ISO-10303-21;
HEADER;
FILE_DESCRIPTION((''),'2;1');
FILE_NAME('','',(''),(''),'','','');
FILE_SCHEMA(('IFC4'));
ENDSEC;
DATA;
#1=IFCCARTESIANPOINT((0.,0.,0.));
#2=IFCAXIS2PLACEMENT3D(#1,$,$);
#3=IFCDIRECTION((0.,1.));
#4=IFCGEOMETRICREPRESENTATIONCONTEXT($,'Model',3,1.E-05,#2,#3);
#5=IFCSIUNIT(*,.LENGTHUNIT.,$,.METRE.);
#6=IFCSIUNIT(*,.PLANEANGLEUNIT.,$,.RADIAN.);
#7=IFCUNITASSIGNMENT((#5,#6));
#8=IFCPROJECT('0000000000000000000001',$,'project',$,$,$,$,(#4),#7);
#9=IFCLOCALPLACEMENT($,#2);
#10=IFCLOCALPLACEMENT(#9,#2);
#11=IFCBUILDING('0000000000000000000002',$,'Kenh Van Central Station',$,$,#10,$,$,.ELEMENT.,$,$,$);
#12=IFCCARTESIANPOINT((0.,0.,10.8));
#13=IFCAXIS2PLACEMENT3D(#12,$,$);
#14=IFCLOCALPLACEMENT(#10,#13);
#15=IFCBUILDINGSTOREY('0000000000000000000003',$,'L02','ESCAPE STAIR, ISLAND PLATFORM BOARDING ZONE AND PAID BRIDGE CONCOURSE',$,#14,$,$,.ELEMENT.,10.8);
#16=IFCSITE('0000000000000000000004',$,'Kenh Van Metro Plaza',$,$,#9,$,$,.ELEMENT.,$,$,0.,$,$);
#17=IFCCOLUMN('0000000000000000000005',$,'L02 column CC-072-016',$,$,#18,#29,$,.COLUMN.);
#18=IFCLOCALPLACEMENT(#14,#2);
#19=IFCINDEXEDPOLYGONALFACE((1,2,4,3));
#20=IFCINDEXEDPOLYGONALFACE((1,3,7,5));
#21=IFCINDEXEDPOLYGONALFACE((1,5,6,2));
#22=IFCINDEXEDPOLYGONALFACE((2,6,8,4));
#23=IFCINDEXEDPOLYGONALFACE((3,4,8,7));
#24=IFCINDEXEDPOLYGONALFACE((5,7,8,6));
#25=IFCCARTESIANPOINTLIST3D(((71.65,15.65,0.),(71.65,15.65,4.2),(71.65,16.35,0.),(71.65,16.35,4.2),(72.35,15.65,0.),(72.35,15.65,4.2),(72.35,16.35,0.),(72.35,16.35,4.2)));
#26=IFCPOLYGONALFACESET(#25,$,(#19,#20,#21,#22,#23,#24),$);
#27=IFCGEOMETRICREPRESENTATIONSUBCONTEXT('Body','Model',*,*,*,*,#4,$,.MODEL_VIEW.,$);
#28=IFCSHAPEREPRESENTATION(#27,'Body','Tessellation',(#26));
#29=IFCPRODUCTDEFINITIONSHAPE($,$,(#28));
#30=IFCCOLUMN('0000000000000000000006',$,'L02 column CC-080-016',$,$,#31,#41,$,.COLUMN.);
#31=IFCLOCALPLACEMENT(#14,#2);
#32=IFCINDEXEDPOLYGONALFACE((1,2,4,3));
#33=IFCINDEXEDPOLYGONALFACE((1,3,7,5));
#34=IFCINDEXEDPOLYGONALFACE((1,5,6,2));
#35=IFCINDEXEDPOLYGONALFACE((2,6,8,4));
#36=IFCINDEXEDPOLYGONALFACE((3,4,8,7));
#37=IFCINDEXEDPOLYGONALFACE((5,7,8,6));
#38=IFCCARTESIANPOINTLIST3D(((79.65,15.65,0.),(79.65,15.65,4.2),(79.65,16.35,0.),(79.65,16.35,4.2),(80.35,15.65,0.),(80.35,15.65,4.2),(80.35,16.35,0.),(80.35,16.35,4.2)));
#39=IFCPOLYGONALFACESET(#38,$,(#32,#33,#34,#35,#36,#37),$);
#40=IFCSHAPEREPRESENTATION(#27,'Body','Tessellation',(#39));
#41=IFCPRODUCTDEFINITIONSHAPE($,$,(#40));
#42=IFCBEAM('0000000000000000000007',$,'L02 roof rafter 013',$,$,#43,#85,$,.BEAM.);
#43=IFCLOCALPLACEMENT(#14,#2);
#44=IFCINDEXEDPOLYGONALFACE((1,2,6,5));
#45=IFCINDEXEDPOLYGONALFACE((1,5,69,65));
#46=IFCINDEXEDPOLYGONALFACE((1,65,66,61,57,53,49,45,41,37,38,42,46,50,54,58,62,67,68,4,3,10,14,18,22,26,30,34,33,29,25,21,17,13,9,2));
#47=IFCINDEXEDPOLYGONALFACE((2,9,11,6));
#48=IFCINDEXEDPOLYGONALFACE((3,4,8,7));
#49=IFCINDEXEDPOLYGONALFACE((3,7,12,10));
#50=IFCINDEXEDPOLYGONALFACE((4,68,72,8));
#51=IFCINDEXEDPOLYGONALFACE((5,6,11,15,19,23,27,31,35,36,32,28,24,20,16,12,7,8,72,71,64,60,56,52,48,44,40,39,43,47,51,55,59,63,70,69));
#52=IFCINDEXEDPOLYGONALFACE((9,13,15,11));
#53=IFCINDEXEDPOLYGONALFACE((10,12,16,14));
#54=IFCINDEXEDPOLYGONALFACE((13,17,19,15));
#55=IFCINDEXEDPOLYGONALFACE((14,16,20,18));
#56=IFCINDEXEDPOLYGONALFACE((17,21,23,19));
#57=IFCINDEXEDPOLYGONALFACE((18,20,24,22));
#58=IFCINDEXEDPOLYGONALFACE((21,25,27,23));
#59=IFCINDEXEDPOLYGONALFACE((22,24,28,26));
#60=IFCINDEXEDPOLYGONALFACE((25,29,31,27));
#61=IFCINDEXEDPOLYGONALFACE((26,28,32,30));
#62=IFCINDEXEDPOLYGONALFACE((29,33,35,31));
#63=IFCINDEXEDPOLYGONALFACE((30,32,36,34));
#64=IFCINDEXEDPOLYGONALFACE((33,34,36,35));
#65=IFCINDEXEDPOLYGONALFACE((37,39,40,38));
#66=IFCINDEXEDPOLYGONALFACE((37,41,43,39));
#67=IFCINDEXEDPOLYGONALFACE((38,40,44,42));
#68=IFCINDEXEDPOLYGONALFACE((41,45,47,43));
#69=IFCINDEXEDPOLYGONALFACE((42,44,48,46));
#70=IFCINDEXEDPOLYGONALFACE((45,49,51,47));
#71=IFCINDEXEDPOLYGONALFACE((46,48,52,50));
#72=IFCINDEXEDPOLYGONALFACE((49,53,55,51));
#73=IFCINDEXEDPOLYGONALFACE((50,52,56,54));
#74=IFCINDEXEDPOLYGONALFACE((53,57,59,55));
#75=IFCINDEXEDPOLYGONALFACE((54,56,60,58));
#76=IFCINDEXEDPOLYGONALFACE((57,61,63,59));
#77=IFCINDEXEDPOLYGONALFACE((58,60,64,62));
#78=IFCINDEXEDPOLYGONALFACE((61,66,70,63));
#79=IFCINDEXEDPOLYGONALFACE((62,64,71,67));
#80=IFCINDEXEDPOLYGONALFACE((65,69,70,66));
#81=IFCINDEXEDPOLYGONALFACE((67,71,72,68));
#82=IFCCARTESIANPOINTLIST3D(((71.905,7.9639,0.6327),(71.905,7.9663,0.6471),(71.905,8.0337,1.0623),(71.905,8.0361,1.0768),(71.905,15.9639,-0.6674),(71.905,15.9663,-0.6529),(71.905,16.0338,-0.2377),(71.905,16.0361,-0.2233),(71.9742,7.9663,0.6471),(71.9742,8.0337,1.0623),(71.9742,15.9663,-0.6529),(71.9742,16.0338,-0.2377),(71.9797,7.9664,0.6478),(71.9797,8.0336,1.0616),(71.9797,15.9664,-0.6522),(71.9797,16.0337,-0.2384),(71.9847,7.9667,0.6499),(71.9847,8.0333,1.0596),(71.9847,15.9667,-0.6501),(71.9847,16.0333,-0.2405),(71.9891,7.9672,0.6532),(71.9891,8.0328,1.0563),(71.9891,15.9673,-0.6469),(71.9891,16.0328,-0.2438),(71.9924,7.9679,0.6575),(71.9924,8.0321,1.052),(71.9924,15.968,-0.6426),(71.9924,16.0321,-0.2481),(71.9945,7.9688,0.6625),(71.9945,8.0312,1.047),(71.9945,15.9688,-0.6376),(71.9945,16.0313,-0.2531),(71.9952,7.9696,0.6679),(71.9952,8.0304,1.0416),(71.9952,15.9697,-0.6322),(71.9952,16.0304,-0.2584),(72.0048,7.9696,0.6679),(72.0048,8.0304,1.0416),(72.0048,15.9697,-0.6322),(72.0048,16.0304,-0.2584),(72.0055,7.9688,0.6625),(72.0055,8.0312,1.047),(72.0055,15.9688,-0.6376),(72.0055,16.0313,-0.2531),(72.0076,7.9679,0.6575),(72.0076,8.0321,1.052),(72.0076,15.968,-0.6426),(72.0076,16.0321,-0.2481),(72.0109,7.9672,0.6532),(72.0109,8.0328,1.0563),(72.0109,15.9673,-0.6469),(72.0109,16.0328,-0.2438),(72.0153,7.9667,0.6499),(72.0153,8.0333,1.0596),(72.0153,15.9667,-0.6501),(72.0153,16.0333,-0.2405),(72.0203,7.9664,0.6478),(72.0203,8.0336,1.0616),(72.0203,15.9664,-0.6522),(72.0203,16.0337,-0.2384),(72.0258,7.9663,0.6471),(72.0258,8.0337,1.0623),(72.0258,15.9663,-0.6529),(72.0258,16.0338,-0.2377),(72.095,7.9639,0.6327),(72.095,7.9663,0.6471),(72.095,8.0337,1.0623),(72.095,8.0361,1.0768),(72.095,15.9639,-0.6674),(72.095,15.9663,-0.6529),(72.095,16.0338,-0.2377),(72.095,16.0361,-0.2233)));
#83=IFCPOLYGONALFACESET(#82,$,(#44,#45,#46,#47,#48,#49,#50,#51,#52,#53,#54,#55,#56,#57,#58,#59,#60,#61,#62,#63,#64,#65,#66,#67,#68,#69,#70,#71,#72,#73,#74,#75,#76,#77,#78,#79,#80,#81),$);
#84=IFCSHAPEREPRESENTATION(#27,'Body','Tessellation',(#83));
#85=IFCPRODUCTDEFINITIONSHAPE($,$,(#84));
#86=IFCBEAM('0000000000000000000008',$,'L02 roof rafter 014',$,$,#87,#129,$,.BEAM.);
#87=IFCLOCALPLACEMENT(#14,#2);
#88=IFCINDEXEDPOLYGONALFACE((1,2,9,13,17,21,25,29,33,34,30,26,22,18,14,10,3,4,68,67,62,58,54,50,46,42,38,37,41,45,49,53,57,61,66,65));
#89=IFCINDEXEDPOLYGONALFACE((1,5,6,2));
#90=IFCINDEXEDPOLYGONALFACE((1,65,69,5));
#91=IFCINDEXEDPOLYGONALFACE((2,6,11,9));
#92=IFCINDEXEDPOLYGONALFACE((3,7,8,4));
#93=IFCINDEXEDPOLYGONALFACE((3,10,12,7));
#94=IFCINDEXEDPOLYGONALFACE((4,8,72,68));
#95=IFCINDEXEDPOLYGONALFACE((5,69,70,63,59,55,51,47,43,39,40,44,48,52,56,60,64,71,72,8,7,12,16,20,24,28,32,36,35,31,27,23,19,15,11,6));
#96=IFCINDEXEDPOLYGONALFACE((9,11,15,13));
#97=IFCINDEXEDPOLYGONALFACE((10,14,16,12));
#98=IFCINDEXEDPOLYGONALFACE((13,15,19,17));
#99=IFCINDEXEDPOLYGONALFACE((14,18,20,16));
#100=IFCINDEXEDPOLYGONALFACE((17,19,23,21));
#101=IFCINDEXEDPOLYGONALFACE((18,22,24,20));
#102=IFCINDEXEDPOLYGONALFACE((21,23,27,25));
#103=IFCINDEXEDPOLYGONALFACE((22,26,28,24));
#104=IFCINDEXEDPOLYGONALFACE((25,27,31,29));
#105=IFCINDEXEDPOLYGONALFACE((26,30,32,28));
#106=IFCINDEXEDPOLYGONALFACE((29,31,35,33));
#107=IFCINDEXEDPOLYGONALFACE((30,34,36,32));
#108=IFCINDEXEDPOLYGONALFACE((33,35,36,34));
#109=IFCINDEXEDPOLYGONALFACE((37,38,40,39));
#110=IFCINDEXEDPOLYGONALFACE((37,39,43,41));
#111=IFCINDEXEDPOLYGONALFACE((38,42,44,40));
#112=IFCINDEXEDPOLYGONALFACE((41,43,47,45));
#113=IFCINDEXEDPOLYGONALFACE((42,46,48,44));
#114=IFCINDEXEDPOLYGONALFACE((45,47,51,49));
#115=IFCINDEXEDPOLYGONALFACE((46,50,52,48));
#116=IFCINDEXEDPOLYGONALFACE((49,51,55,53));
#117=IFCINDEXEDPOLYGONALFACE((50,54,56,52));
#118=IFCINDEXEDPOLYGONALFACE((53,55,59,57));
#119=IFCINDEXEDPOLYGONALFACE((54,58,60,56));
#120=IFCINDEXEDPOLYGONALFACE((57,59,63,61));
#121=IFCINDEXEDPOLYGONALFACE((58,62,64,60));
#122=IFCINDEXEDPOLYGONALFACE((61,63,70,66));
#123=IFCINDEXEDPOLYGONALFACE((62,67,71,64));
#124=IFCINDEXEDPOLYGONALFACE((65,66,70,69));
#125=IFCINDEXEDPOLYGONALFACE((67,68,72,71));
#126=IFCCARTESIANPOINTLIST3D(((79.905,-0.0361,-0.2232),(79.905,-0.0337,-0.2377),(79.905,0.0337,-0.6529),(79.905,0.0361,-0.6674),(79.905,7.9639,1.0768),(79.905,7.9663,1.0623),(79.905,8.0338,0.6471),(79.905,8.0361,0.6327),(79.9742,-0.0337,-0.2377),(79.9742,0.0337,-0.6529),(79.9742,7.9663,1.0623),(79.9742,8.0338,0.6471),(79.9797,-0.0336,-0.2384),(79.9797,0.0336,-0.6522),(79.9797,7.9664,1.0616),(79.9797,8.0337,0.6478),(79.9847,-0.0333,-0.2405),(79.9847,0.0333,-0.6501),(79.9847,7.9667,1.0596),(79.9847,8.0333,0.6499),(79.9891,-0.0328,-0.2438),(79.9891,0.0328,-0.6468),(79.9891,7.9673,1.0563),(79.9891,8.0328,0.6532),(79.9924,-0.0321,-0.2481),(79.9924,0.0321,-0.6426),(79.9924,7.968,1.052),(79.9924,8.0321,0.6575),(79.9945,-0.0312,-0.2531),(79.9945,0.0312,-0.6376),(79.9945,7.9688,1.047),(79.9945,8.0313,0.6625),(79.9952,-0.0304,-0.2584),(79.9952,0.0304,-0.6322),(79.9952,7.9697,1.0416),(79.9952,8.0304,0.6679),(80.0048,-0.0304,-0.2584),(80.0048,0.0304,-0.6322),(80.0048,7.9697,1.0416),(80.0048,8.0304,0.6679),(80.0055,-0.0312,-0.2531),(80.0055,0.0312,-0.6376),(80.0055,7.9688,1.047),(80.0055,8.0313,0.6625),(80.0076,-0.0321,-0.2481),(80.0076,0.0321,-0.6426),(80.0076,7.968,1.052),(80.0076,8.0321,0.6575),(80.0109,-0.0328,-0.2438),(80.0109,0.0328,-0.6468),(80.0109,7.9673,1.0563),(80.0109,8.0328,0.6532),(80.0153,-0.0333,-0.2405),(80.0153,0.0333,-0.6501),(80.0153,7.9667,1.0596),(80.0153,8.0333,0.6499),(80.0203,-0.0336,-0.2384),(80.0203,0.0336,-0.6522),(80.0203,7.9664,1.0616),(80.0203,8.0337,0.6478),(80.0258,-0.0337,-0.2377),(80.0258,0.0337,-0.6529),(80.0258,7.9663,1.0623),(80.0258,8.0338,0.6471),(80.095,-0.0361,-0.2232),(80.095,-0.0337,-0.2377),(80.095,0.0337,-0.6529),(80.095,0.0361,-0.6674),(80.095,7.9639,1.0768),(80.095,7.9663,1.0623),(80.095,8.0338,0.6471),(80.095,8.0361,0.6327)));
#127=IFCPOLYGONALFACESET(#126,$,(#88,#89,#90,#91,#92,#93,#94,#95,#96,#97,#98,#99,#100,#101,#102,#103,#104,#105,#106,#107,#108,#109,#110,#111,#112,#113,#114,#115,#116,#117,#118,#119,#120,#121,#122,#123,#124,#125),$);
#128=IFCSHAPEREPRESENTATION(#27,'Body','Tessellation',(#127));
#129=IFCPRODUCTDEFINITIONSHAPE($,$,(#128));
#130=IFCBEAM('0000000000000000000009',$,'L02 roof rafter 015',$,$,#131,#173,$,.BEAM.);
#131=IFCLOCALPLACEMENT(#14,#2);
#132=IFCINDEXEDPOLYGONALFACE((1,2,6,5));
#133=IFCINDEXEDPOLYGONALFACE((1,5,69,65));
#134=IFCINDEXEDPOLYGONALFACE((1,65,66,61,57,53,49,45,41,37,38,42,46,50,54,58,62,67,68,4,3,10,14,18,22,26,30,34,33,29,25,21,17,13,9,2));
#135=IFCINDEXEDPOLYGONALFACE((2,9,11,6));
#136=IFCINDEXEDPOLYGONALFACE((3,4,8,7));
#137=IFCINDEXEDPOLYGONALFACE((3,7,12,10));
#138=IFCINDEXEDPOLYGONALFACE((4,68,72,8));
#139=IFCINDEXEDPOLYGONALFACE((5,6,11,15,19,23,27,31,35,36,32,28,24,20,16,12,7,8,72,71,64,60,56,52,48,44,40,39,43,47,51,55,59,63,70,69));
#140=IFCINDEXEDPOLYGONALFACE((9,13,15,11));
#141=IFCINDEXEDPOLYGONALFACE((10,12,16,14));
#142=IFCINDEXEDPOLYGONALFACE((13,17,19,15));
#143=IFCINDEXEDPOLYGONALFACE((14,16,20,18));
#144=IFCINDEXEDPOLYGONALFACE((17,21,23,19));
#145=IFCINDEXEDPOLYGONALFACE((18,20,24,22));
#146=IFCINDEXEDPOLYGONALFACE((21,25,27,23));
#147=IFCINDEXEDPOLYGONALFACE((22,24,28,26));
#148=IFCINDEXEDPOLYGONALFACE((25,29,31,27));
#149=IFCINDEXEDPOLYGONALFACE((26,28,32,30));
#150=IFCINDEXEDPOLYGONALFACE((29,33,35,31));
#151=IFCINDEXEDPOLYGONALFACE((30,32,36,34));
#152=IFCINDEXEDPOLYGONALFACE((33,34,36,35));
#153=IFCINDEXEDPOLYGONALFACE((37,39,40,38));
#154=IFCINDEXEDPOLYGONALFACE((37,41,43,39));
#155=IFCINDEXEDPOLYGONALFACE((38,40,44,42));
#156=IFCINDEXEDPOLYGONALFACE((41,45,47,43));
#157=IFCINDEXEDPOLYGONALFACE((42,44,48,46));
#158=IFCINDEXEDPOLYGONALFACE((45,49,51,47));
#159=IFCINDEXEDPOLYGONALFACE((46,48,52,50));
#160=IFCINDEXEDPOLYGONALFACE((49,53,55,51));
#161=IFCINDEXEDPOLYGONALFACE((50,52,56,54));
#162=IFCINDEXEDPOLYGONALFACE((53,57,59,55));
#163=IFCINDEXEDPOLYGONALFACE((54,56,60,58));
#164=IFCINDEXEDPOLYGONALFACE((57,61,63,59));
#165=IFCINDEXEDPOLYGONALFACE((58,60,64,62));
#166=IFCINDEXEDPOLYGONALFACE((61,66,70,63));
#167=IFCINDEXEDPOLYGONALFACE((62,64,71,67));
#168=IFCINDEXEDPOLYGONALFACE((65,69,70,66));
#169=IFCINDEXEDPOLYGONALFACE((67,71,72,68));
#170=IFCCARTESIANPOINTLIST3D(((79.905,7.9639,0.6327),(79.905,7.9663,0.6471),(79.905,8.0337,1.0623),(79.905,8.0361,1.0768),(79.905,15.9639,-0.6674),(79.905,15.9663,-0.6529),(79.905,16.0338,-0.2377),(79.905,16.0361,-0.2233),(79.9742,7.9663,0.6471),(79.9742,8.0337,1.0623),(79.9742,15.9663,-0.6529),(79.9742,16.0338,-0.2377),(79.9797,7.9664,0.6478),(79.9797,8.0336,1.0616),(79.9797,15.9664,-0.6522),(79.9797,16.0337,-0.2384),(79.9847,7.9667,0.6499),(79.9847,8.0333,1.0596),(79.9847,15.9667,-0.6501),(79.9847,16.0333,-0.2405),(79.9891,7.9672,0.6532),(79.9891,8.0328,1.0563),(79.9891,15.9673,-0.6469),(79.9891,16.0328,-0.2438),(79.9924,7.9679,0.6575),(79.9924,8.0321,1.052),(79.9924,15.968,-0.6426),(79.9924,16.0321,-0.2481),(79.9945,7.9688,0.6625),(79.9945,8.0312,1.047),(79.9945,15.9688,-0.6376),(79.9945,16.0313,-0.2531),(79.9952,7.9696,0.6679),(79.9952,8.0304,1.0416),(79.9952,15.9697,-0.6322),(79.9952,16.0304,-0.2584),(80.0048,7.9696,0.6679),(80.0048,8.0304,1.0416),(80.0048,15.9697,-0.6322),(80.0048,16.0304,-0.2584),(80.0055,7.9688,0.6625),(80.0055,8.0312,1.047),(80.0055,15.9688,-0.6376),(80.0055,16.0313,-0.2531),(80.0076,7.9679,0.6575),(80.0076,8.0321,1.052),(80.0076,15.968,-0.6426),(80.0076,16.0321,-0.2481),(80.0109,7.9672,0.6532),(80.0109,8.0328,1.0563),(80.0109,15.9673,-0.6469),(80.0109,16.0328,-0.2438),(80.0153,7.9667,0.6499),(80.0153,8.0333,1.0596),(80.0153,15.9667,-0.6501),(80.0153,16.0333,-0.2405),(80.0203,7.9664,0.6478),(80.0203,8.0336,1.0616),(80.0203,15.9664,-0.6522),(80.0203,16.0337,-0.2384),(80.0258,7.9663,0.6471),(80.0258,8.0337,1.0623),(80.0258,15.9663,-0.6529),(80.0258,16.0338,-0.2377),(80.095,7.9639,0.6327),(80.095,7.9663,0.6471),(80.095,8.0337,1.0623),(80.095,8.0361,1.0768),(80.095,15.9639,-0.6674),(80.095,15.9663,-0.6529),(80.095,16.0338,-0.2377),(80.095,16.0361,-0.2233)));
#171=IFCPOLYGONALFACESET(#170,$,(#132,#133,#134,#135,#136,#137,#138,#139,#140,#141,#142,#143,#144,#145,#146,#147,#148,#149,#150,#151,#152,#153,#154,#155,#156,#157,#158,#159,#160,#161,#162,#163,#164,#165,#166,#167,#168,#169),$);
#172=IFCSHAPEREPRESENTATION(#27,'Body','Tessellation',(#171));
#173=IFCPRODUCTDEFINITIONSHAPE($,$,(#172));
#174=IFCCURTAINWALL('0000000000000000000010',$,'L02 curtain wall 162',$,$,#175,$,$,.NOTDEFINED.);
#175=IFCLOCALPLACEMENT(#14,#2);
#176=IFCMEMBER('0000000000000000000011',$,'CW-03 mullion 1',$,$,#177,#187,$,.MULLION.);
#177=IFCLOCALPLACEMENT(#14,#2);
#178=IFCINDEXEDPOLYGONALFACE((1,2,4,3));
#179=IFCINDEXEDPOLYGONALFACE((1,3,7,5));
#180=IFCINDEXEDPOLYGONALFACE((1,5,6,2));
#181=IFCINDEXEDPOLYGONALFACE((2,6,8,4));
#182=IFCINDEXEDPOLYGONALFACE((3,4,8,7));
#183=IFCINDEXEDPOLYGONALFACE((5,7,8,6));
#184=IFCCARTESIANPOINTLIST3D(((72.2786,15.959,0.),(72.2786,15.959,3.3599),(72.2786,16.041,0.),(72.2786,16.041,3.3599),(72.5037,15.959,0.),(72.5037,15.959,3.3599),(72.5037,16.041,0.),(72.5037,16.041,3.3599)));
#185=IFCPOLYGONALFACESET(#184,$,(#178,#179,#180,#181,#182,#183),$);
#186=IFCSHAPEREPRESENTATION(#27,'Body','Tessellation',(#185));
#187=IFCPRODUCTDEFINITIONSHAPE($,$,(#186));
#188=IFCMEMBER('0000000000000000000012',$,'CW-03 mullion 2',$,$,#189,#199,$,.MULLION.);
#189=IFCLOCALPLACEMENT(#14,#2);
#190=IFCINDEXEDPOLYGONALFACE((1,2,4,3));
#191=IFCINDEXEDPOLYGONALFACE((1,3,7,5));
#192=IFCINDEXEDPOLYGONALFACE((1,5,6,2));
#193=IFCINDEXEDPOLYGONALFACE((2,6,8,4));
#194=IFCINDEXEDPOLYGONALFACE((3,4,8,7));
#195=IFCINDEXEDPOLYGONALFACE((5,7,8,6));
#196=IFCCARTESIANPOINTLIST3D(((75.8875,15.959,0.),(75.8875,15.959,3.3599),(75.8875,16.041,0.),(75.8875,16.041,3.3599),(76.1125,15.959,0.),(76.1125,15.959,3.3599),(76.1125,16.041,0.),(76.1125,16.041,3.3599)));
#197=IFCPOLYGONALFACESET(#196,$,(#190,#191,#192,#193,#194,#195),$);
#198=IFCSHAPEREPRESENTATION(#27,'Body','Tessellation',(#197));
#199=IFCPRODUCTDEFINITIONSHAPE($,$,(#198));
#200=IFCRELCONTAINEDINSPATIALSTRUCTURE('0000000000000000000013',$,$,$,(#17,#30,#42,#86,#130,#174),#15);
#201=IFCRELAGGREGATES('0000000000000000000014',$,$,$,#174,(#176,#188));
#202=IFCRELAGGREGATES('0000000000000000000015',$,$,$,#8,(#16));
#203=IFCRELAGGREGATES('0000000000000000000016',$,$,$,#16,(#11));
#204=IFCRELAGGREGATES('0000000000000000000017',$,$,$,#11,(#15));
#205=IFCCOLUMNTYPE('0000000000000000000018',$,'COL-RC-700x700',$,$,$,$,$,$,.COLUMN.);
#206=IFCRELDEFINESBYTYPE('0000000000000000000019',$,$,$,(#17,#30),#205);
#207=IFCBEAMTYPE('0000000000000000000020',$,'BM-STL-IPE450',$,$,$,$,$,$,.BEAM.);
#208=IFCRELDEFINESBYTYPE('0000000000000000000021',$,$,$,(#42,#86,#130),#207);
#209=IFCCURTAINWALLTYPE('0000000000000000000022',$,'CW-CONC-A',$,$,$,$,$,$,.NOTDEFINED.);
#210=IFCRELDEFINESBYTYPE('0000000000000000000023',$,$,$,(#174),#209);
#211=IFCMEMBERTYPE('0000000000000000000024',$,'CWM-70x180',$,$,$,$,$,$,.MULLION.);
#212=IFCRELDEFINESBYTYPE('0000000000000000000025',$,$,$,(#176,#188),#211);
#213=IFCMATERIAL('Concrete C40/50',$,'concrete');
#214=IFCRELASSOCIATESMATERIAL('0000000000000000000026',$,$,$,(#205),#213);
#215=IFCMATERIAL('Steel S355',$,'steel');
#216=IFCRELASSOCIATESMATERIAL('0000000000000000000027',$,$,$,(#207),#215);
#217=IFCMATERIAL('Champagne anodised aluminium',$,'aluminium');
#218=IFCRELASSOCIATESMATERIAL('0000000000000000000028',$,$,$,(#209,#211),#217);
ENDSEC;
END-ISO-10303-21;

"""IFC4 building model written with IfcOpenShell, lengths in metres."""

from ifc_helpers import new_model, si_unit, direction, frame, origin, origin_2d, place, context, subcontext, project, spatial, rectangle, i_section, extrude, material, material_profile, profile_set, type_object, element, aggregate, save


model = new_model("IFC4")

# Units and contexts
model_context = context("Model", 3, precision=1e-05, world=origin(), true_north=direction((0.0, 1.0)))
body_context = subcontext(model_context, "Body", "Model", "MODEL_VIEW")
ifc_project = project(units=[si_unit("LENGTHUNIT", "METRE"), si_unit("PLANEANGLEUNIT", "RADIAN")], contexts=[model_context])

# Site, building, storey
site_placement = place(None, origin())
site = spatial("IfcSite", under=ifc_project, at=site_placement, Name="Kenh Van Metro Plaza", CompositionType="ELEMENT", RefElevation=0.0)
building_placement = place(site_placement, origin())
building = spatial("IfcBuilding", under=site, at=building_placement, Name="Kenh Van Central Station", CompositionType="ELEMENT")
storey_placement = place(building_placement, frame((0.0, 0.0, 10.8)))
storey = spatial("IfcBuildingStorey", under=building, at=storey_placement, Name="L02", Description="ESCAPE STAIR, ISLAND PLATFORM BOARDING ZONE AND PAID BRIDGE CONCOURSE", CompositionType="ELEMENT", Elevation=10.8)

# Columns
ifc_material_1 = material(Name="Concrete C40/50", Category="concrete")
ifc_material_profile_1 = material_profile(ifc_material_1, rectangle(XDim=0.7, YDim=0.7, at=origin_2d()), Name="RC 700x700")
ifc_profile_set_1 = profile_set([ifc_material_profile_1], Name="Concrete C40/50")
column_type = type_object("IfcColumnType", Name="COL-RC-700x700", PredefinedType="COLUMN", material=ifc_profile_set_1)
for number, where, z_axis, x_axis, name in (
    (1, (72.0, 16.0, 0.0), (0.0, 0.0, 1.0), (1.0, 0.0, 0.0), "L02 column CC-072-016"),
    (2, (80.0, 16.0, 0.0), (0.0, 0.0, 1.0), (1.0, 0.0, 0.0), "L02 column CC-080-016"),
):
    element("IfcColumn", number, at=place(storey_placement, frame(where, z_axis=z_axis, x_axis=x_axis)), inside=storey, type_object=column_type, Name=name, PredefinedType="COLUMN", context=body_context, shape_type="SweptSolid", body=[
        extrude(rectangle(XDim=0.7, YDim=0.7, at=origin_2d()), origin(), (0.0, 0.0, 1.0), 4.2),
    ])

# Beams
ifc_material_2 = material(Name="Steel S355", Category="steel")
ifc_material_profile_2 = material_profile(ifc_material_2, i_section(OverallWidth=0.1899, OverallDepth=0.45, WebThickness=0.0095, FlangeThickness=0.0146, FilletRadius=0.021, at=origin_2d()), Name="IPE 450")
ifc_profile_set_2 = profile_set([ifc_material_profile_2], Name="Steel S355")
beam_type_1 = type_object("IfcBeamType", Name="BM-STL-IPE450", PredefinedType="BEAM", material=ifc_profile_set_2)
for number, where, z_axis, x_axis, name in (
    (3, (72.0, 8.0, 0.8547), (0.0, 0.987052, -0.160402), (-1.0, 0.0, 0.0), "L02 roof rafter 013"),
    (4, (80.0, 0.0, -0.4453), (0.0, 0.987052, 0.160402), (-1.0, 0.0, 0.0), "L02 roof rafter 014"),
    (5, (80.0, 8.0, 0.8547), (0.0, 0.987052, -0.160402), (-1.0, 0.0, 0.0), "L02 roof rafter 015"),
):
    element("IfcBeam", number, at=place(storey_placement, frame(where, z_axis=z_axis, x_axis=x_axis)), inside=storey, type_object=beam_type_1, Name=name, PredefinedType="BEAM", context=body_context, shape_type="SweptSolid", body=[
        extrude(i_section(OverallWidth=0.1899, OverallDepth=0.45, WebThickness=0.0095, FlangeThickness=0.0146, FilletRadius=0.021, at=origin_2d()), origin(), (0.0, 0.0, 1.0), 8.105),
    ])

# Curtain wall, members
ifc_material_3 = material(Name="Champagne anodised aluminium", Category="aluminium")
curtain_wall_type = type_object("IfcCurtainWallType", Name="CW-CONC-A", PredefinedType="NOTDEFINED", material=ifc_material_3)
curtain_wall_placement = place(storey_placement, origin())
curtain_wall = element("IfcCurtainWall", 6, at=curtain_wall_placement, inside=storey, type_object=curtain_wall_type, Name="L02 curtain wall 162", PredefinedType="NOTDEFINED")
ifc_material_profile_3 = material_profile(ifc_material_3, rectangle(XDim=0.082, YDim=0.2251, at=origin_2d()), Name="AL 82x225")
ifc_profile_set_3 = profile_set([ifc_material_profile_3], Name="Champagne anodised aluminium")
member_type_1 = type_object("IfcMemberType", Name="CWM-70x180", PredefinedType="MULLION", material=ifc_profile_set_3)
member_1_placement = place(storey_placement, frame((72.3911, 16.0, 0.0), z_axis=(0.0, 0.0, 1.0), x_axis=(0.0, 1.0, 0.0)))
member_1 = element("IfcMember", 7, at=member_1_placement, type_object=member_type_1, Name="CW-03 mullion 1", PredefinedType="MULLION", context=body_context, shape_type="SweptSolid", body=[
    extrude(rectangle(XDim=0.082, YDim=0.2251, at=origin_2d()), origin(), (0.0, 0.0, 1.0), 3.3599),
])
member_2_placement = place(storey_placement, frame((76.0, 16.0, 0.0), z_axis=(0.0, 0.0, 1.0), x_axis=(0.0, 1.0, 0.0)))
member_2 = element("IfcMember", 8, at=member_2_placement, type_object=member_type_1, Name="CW-03 mullion 2", PredefinedType="MULLION", context=body_context, shape_type="SweptSolid", body=[
    extrude(rectangle(XDim=0.082, YDim=0.2251, at=origin_2d()), origin(), (0.0, 0.0, 1.0), 3.3599),
])

aggregate(curtain_wall, [member_1, member_2])

save(model, "model.ifc")
